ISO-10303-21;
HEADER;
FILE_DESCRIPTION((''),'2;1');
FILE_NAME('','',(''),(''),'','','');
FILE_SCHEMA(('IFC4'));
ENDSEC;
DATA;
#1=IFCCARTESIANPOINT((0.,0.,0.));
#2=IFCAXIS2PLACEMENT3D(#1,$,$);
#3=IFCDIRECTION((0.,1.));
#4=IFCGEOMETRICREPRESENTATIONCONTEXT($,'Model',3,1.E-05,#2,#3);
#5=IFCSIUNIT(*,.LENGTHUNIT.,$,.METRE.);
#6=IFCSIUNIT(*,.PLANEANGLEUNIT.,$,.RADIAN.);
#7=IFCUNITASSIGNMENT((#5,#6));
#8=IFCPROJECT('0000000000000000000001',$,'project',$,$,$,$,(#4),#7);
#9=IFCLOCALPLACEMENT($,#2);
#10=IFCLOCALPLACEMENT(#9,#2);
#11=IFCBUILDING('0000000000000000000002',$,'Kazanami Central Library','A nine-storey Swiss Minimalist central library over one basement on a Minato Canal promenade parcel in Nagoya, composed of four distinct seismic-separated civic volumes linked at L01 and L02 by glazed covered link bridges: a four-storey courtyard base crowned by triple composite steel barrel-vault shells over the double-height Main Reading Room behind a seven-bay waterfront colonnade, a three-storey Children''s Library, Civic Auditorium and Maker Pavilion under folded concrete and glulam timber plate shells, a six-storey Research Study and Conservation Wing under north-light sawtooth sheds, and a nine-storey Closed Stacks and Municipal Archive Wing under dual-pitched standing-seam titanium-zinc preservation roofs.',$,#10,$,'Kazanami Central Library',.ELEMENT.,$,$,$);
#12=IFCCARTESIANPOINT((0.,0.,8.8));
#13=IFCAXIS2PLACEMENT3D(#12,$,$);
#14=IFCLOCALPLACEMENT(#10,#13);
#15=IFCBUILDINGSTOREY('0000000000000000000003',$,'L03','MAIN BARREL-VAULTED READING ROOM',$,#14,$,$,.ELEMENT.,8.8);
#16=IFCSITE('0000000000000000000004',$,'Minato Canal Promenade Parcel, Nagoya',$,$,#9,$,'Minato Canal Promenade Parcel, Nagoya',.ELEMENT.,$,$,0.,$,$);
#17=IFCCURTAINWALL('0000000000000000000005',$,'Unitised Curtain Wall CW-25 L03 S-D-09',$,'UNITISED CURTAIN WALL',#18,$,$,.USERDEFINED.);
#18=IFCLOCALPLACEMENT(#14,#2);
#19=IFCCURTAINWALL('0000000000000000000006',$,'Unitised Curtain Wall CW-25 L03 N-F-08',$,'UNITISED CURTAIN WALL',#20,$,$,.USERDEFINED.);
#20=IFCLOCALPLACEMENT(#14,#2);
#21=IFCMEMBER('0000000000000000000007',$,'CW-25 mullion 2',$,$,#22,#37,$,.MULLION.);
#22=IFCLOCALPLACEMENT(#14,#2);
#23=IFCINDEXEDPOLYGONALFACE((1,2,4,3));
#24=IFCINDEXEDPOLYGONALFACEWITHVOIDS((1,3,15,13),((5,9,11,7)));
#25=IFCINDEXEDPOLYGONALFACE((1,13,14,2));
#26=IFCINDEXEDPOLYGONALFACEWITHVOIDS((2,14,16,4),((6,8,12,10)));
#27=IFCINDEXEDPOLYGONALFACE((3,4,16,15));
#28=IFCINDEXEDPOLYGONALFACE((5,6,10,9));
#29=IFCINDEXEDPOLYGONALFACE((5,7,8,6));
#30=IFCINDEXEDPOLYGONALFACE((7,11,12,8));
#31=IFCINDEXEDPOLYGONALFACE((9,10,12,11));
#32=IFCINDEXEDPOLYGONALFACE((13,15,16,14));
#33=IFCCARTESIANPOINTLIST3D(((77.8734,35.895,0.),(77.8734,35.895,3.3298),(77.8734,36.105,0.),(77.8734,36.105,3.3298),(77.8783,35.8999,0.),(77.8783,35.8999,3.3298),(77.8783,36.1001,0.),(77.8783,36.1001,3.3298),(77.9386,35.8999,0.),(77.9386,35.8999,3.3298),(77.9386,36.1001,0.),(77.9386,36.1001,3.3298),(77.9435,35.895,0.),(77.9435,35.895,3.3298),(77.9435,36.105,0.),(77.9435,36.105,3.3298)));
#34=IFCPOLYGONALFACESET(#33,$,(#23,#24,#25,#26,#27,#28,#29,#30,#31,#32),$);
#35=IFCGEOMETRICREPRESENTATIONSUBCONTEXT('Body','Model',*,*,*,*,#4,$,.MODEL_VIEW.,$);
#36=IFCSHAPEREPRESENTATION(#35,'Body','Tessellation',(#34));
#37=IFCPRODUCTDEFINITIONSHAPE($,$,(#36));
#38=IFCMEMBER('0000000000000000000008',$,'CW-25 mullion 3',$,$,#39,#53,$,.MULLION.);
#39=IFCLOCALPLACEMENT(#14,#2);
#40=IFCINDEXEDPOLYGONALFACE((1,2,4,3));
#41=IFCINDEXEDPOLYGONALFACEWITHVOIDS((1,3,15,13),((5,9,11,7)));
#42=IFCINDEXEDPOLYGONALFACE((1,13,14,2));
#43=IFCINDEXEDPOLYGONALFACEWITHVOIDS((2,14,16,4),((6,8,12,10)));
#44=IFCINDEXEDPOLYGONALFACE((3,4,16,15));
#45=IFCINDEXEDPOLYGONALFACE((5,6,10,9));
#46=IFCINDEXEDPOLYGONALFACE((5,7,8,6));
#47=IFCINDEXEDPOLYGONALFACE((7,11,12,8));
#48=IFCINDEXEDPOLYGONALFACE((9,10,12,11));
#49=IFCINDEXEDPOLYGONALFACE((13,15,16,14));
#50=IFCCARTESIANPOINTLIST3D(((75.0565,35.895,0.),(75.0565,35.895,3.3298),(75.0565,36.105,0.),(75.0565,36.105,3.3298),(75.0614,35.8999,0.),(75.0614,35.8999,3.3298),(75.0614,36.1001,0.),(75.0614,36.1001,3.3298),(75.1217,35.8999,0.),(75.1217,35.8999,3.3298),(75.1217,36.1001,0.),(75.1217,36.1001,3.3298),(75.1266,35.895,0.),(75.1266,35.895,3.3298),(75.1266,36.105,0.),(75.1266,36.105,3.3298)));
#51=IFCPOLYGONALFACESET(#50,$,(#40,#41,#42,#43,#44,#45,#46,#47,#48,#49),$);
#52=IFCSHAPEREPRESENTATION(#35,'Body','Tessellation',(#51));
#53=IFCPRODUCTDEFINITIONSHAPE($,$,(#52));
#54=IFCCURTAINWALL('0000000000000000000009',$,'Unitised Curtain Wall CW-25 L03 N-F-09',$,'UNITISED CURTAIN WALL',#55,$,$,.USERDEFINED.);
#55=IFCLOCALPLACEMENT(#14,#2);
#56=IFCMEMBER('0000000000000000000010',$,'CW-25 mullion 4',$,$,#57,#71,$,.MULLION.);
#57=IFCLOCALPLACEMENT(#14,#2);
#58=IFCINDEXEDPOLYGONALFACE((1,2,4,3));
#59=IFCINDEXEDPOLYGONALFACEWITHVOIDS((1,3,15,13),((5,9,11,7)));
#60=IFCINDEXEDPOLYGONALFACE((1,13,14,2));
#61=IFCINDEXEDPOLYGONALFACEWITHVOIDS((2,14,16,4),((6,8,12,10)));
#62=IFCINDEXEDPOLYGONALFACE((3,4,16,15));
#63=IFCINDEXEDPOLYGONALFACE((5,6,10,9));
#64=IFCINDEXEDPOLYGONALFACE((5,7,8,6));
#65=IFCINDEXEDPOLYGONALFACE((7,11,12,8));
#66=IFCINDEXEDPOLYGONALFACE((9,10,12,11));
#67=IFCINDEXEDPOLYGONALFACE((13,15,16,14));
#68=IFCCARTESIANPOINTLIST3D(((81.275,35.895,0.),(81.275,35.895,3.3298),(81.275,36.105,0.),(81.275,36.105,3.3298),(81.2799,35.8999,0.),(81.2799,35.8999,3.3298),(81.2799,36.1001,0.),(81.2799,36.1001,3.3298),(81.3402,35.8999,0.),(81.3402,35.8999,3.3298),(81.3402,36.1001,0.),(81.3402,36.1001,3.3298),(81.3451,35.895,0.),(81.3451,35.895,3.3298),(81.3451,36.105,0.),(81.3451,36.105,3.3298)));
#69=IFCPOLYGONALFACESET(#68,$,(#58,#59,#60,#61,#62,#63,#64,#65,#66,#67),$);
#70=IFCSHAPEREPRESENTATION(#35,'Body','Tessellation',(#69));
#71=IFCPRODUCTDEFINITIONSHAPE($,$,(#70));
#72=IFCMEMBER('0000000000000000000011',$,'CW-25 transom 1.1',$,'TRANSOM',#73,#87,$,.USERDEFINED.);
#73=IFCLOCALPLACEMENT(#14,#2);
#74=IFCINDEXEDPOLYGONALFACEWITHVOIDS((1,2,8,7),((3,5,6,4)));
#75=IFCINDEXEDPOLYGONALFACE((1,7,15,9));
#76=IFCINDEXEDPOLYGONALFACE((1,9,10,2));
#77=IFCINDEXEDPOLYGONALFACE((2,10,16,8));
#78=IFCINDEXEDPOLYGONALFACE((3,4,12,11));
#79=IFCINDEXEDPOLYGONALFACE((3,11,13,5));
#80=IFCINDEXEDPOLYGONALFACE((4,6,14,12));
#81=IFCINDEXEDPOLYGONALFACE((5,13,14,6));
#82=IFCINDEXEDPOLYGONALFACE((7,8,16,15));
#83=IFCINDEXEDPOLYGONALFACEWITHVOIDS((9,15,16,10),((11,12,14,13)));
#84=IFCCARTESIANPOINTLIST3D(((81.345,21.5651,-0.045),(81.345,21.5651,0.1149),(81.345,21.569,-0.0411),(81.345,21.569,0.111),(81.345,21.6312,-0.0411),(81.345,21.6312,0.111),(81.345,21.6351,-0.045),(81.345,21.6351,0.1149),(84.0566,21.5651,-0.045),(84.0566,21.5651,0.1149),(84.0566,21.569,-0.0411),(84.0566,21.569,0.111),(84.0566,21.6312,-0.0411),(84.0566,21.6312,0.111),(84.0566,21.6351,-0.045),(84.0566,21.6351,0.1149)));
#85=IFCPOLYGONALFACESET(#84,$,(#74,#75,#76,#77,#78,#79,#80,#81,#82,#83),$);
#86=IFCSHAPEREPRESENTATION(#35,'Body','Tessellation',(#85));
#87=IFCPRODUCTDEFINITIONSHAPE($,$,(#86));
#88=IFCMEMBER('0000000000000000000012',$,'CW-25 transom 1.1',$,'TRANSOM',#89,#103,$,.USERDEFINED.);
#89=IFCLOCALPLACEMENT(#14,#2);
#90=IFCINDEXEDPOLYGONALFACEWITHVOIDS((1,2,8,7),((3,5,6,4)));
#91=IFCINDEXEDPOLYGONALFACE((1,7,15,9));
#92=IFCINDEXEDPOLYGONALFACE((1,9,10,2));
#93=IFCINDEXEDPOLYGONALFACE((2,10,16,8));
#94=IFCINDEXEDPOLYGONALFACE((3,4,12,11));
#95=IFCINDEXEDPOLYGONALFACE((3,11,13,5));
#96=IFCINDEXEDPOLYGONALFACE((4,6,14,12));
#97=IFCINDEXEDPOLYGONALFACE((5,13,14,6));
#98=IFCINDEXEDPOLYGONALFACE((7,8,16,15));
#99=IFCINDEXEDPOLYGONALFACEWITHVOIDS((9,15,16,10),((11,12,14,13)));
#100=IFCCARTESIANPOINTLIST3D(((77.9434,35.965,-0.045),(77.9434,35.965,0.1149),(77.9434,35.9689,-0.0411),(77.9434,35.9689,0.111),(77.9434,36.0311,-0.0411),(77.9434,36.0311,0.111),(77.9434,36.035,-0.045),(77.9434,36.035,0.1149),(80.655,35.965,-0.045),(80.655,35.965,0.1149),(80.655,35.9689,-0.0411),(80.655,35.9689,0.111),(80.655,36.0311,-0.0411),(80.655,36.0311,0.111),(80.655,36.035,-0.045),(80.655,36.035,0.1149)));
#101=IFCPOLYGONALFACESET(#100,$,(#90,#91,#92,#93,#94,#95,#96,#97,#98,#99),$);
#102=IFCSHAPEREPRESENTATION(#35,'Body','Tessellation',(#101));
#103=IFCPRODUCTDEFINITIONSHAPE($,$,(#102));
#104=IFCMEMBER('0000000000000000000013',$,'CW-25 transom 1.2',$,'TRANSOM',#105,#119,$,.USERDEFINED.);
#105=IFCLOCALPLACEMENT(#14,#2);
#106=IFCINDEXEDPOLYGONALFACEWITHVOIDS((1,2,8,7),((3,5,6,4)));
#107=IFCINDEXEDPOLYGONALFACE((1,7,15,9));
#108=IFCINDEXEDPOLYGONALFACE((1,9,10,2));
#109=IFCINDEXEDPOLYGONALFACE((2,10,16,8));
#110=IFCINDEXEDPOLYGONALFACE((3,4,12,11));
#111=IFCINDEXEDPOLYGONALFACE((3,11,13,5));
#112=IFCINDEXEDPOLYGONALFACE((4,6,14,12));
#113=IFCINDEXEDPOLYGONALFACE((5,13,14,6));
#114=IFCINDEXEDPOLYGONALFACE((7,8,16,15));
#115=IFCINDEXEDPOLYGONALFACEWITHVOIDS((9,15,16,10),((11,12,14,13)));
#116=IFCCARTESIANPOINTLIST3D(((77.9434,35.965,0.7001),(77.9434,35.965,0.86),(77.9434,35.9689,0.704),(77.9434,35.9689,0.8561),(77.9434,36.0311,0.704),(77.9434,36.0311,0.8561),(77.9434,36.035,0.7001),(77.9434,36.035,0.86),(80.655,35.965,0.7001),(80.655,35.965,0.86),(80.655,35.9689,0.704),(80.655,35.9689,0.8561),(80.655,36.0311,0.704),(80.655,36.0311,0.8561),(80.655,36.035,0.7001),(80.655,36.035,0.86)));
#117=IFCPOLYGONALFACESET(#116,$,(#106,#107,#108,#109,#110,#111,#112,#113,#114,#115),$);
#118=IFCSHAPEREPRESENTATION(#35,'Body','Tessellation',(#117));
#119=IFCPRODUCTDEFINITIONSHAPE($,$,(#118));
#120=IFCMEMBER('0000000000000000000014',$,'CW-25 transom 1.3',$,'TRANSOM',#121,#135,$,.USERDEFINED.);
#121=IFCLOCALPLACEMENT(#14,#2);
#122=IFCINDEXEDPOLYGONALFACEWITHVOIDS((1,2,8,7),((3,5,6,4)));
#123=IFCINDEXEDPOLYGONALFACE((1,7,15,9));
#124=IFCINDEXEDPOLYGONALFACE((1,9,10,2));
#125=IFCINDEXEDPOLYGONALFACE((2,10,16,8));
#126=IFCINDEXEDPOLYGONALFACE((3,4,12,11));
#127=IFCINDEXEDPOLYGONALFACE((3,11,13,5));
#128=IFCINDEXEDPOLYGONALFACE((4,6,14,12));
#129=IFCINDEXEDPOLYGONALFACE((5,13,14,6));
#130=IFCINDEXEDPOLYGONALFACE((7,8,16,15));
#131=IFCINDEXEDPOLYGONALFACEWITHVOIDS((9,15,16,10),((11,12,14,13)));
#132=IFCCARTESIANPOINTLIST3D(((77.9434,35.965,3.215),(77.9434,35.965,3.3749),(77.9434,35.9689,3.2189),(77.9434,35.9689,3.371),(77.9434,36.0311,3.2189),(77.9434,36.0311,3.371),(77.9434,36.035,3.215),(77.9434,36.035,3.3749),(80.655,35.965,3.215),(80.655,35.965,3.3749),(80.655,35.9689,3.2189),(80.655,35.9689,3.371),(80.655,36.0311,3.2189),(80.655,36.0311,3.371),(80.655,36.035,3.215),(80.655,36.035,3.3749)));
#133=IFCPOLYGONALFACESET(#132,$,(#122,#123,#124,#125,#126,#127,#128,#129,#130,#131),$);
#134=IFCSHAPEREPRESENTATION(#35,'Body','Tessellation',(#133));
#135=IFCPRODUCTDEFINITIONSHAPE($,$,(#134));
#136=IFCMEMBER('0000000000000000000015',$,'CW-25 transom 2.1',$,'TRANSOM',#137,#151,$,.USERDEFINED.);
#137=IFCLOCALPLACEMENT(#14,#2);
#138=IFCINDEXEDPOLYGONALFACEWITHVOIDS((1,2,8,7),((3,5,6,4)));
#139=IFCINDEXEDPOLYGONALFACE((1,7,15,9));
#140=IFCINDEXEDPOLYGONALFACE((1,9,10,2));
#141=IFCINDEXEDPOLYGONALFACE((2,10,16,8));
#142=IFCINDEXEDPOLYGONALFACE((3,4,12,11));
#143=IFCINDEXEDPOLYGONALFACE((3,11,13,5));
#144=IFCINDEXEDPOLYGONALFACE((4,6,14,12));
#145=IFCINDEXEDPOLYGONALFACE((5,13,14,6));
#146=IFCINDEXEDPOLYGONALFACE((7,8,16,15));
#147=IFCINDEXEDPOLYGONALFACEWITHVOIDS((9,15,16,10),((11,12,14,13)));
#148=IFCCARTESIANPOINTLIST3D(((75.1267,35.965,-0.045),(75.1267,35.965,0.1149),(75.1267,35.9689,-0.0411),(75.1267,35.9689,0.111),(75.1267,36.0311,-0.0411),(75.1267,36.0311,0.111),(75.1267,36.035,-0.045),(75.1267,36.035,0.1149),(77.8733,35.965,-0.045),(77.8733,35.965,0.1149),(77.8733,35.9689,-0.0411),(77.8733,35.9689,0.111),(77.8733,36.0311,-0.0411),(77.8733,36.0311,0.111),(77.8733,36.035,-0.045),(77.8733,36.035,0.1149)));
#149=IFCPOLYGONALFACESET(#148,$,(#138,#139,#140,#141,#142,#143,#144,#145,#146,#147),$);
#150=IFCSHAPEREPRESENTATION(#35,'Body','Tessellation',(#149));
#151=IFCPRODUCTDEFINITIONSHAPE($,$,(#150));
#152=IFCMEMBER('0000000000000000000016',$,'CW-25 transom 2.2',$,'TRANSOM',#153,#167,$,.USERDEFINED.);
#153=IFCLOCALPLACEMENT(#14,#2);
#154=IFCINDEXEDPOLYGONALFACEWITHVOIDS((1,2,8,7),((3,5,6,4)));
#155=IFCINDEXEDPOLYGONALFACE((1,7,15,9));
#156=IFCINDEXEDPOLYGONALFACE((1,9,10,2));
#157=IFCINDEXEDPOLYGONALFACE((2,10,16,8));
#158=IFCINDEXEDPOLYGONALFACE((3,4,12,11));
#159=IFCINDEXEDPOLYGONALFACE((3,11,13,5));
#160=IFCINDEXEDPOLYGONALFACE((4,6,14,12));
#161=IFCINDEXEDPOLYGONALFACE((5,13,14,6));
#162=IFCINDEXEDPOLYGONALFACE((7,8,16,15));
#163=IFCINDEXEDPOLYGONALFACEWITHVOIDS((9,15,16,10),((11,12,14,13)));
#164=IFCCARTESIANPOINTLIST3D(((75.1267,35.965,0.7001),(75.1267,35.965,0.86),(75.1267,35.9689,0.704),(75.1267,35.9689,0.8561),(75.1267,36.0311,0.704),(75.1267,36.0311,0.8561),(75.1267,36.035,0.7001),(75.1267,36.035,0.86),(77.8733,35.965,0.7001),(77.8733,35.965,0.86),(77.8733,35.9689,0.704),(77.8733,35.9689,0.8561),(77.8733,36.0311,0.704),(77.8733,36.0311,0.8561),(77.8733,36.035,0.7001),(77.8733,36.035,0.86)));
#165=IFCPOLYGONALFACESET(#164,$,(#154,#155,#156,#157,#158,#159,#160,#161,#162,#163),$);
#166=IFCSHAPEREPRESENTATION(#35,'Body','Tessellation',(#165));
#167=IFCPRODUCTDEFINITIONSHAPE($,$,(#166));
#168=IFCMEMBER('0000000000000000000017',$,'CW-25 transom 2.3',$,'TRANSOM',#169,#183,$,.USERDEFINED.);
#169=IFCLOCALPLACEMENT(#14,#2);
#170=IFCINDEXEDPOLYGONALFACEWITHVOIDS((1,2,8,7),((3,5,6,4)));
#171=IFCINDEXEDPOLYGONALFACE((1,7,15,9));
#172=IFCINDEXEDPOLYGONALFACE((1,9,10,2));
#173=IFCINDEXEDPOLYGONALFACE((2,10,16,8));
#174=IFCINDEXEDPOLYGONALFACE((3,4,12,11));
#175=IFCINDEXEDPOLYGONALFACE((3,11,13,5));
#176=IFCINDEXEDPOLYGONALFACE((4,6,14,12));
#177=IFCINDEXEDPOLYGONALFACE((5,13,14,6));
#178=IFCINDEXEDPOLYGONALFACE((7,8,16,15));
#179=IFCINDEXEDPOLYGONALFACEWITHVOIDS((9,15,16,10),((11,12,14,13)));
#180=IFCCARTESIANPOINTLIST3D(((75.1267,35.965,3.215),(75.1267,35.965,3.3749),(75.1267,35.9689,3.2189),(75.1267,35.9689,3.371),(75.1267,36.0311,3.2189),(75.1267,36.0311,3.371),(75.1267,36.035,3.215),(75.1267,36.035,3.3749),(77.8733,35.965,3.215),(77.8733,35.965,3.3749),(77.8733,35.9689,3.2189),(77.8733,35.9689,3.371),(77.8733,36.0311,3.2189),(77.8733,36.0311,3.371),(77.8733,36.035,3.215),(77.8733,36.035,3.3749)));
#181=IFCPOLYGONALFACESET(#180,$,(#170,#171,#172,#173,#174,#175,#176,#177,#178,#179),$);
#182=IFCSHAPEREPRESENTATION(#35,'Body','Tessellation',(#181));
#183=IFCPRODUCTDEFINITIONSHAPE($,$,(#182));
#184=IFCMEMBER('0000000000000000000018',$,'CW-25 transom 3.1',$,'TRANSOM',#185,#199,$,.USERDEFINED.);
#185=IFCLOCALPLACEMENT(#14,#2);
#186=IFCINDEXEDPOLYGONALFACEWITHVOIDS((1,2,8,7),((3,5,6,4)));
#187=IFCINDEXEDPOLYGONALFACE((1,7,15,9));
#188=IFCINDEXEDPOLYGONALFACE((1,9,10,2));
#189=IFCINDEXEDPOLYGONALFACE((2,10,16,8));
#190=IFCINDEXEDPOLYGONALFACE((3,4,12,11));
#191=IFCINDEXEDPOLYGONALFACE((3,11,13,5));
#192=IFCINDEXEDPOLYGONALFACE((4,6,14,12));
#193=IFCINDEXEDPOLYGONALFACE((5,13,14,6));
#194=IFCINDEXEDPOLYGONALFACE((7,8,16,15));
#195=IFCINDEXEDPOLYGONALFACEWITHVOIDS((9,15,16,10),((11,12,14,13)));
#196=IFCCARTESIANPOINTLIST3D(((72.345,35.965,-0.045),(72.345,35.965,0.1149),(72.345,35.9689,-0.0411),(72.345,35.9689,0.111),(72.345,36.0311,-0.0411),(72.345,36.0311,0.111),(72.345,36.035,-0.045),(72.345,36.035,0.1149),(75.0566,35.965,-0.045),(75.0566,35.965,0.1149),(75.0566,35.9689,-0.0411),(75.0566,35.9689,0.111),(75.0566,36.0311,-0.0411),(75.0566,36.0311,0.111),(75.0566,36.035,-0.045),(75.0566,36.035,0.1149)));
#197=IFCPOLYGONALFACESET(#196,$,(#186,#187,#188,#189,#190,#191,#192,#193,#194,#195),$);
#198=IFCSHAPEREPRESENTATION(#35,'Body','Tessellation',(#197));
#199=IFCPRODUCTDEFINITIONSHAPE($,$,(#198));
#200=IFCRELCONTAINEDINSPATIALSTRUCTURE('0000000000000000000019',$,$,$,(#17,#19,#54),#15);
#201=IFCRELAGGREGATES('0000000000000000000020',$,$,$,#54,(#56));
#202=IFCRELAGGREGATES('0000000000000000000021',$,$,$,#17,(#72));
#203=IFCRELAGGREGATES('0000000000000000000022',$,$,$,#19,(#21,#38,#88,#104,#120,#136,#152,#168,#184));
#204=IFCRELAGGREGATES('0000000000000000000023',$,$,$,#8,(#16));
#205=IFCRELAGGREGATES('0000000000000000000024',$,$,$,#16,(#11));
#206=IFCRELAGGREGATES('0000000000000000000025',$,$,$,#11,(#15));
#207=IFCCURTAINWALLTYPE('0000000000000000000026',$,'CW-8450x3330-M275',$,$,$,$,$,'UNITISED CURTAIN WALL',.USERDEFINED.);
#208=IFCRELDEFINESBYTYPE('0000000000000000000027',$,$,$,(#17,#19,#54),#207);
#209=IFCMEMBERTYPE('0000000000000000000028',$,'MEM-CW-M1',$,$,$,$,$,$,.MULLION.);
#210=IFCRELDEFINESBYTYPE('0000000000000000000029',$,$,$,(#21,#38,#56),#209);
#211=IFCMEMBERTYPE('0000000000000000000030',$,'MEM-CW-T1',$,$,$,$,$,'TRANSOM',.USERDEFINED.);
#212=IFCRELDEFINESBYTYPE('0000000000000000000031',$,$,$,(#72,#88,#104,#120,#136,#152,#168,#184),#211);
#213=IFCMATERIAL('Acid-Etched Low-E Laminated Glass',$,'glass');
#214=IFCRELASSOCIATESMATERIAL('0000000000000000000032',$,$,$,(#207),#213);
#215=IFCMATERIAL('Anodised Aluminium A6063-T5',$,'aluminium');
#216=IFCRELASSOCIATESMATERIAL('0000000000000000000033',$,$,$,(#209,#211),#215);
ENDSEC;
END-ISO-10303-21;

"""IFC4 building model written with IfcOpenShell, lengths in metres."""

from ifc_helpers import new_model, si_unit, direction, frame, origin, origin_2d, place, context, subcontext, project, spatial, hollow_rectangle, extrude, material, material_profile, profile_set, type_object, element, aggregate, save


model = new_model("IFC4")

# Units and contexts
model_context = context("Model", 3, precision=1e-05, world=origin(), true_north=direction((0.0, 1.0)))
body_context = subcontext(model_context, "Body", "Model", "MODEL_VIEW")
ifc_project = project(units=[si_unit("LENGTHUNIT", "METRE"), si_unit("PLANEANGLEUNIT", "RADIAN")], contexts=[model_context])

# Site, building, storey
site_placement = place(None, origin())
site = spatial("IfcSite", under=ifc_project, at=site_placement, Name="Minato Canal Promenade Parcel, Nagoya", LongName="Minato Canal Promenade Parcel, Nagoya", CompositionType="ELEMENT", RefElevation=0.0)
building_placement = place(site_placement, origin())
building = spatial("IfcBuilding", under=site, at=building_placement, Name="Kazanami Central Library", Description="A nine-storey Swiss Minimalist central library over one basement on a Minato Canal promenade parcel in Nagoya, composed of four distinct seismic-separated civic volumes linked at L01 and L02 by glazed covered link bridges: a four-storey courtyard base crowned by triple composite steel barrel-vault shells over the double-height Main Reading Room behind a seven-bay waterfront colonnade, a three-storey Children's Library, Civic Auditorium and Maker Pavilion under folded concrete and glulam timber plate shells, a six-storey Research Study and Conservation Wing under north-light sawtooth sheds, and a nine-storey Closed Stacks and Municipal Archive Wing under dual-pitched standing-seam titanium-zinc preservation roofs.", LongName="Kazanami Central Library", CompositionType="ELEMENT")
storey_placement = place(building_placement, frame((0.0, 0.0, 8.8)))
storey = spatial("IfcBuildingStorey", under=building, at=storey_placement, Name="L03", Description="MAIN BARREL-VAULTED READING ROOM", CompositionType="ELEMENT", Elevation=8.8)

# Curtain wall
ifc_material_1 = material(Name="Acid-Etched Low-E Laminated Glass", Category="glass")
curtain_wall_type = type_object("IfcCurtainWallType", Name="CW-8450x3330-M275", ElementType="UNITISED CURTAIN WALL", PredefinedType="USERDEFINED", material=ifc_material_1)
curtain_wall_1_placement = place(storey_placement, origin())
curtain_wall_1 = element("IfcCurtainWall", 1, at=curtain_wall_1_placement, inside=storey, type_object=curtain_wall_type, Name="Unitised Curtain Wall CW-25 L03 S-D-09", ObjectType="UNITISED CURTAIN WALL", PredefinedType="USERDEFINED")
ifc_material_2 = material(Name="Anodised Aluminium A6063-T5", Category="aluminium")
ifc_material_profile_1 = material_profile(ifc_material_2, hollow_rectangle(XDim=0.0701, YDim=0.21, WallThickness=0.0049, at=origin_2d()), Name="ALU-MULL-70x210x5")
ifc_profile_set_1 = profile_set([ifc_material_profile_1], Name="Anodised Aluminium A6063-T5")
member_type_1 = type_object("IfcMemberType", Name="MEM-CW-M1", PredefinedType="MULLION", material=ifc_profile_set_1)

# Curtain wall, members
curtain_wall_2_placement = place(storey_placement, origin())
curtain_wall_2 = element("IfcCurtainWall", 2, at=curtain_wall_2_placement, inside=storey, type_object=curtain_wall_type, Name="Unitised Curtain Wall CW-25 L03 N-F-08", ObjectType="UNITISED CURTAIN WALL", PredefinedType="USERDEFINED")
member_1_placement = place(storey_placement, frame((77.9084, 36.0, 0.0), z_axis=(0.0, 0.0, 1.0), x_axis=(-1.0, 0.0, 0.0)))
member_1 = element("IfcMember", 3, at=member_1_placement, type_object=member_type_1, Name="CW-25 mullion 2", PredefinedType="MULLION", context=body_context, shape_type="SweptSolid", body=[
    extrude(hollow_rectangle(XDim=0.0701, YDim=0.21, WallThickness=0.0049, at=origin_2d()), origin(), (0.0, 0.0, 1.0), 3.3298),
])
member_2_placement = place(storey_placement, frame((75.0916, 36.0, 0.0), z_axis=(0.0, 0.0, 1.0), x_axis=(-1.0, 0.0, 0.0)))
member_2 = element("IfcMember", 4, at=member_2_placement, type_object=member_type_1, Name="CW-25 mullion 3", PredefinedType="MULLION", context=body_context, shape_type="SweptSolid", body=[
    extrude(hollow_rectangle(XDim=0.0701, YDim=0.21, WallThickness=0.0049, at=origin_2d()), origin(), (0.0, 0.0, 1.0), 3.3298),
])

# Curtain wall, member
curtain_wall_3_placement = place(storey_placement, origin())
curtain_wall_3 = element("IfcCurtainWall", 5, at=curtain_wall_3_placement, inside=storey, type_object=curtain_wall_type, Name="Unitised Curtain Wall CW-25 L03 N-F-09", ObjectType="UNITISED CURTAIN WALL", PredefinedType="USERDEFINED")
member_3_placement = place(storey_placement, frame((81.3101, 36.0, 0.0), z_axis=(0.0, 0.0, 1.0), x_axis=(-1.0, 0.0, 0.0)))
member_3 = element("IfcMember", 6, at=member_3_placement, type_object=member_type_1, Name="CW-25 mullion 4", PredefinedType="MULLION", context=body_context, shape_type="SweptSolid", body=[
    extrude(hollow_rectangle(XDim=0.0701, YDim=0.21, WallThickness=0.0049, at=origin_2d()), origin(), (0.0, 0.0, 1.0), 3.3298),
])
aggregate(curtain_wall_3, [member_3])

# Members
ifc_material_profile_2 = material_profile(ifc_material_2, hollow_rectangle(XDim=0.0701, YDim=0.1599, WallThickness=0.0039, at=origin_2d()), Name="ALU-TRAN-70x160x4")
ifc_profile_set_2 = profile_set([ifc_material_profile_2], Name="Anodised Aluminium A6063-T5")
member_type_2 = type_object("IfcMemberType", Name="MEM-CW-T1", ElementType="TRANSOM", PredefinedType="USERDEFINED", material=ifc_profile_set_2)
member_4_placement = place(storey_placement, frame((81.345, 21.6001, 0.0349), z_axis=(1.0, 0.0, 0.0), x_axis=(0.0, 1.0, 0.0)))
member_4 = element("IfcMember", 7, at=member_4_placement, type_object=member_type_2, Name="CW-25 transom 1.1", ObjectType="TRANSOM", PredefinedType="USERDEFINED", context=body_context, shape_type="SweptSolid", body=[
    extrude(hollow_rectangle(XDim=0.0701, YDim=0.1599, WallThickness=0.0039, at=origin_2d()), origin(), (0.0, 0.0, 1.0), 2.7117),
])
aggregate(curtain_wall_1, [member_4])
member_5_placement = place(storey_placement, frame((80.655, 36.0, 0.0349), z_axis=(-1.0, 0.0, 0.0), x_axis=(0.0, -1.0, 0.0)))
member_5 = element("IfcMember", 8, at=member_5_placement, type_object=member_type_2, Name="CW-25 transom 1.1", ObjectType="TRANSOM", PredefinedType="USERDEFINED", context=body_context, shape_type="SweptSolid", body=[
    extrude(hollow_rectangle(XDim=0.0701, YDim=0.1599, WallThickness=0.0039, at=origin_2d()), origin(), (0.0, 0.0, 1.0), 2.7117),
])
member_6_placement = place(storey_placement, frame((80.655, 36.0, 0.78), z_axis=(-1.0, 0.0, 0.0), x_axis=(0.0, -1.0, 0.0)))
member_6 = element("IfcMember", 9, at=member_6_placement, type_object=member_type_2, Name="CW-25 transom 1.2", ObjectType="TRANSOM", PredefinedType="USERDEFINED", context=body_context, shape_type="SweptSolid", body=[
    extrude(hollow_rectangle(XDim=0.0701, YDim=0.1599, WallThickness=0.0039, at=origin_2d()), origin(), (0.0, 0.0, 1.0), 2.7117),
])
member_7_placement = place(storey_placement, frame((80.655, 36.0, 3.2949), z_axis=(-1.0, 0.0, 0.0), x_axis=(0.0, -1.0, 0.0)))
member_7 = element("IfcMember", 10, at=member_7_placement, type_object=member_type_2, Name="CW-25 transom 1.3", ObjectType="TRANSOM", PredefinedType="USERDEFINED", context=body_context, shape_type="SweptSolid", body=[
    extrude(hollow_rectangle(XDim=0.0701, YDim=0.1599, WallThickness=0.0039, at=origin_2d()), origin(), (0.0, 0.0, 1.0), 2.7117),
])
member_8_placement = place(storey_placement, frame((77.8733, 36.0, 0.0349), z_axis=(-1.0, 0.0, 0.0), x_axis=(0.0, -1.0, 0.0)))
member_8 = element("IfcMember", 11, at=member_8_placement, type_object=member_type_2, Name="CW-25 transom 2.1", ObjectType="TRANSOM", PredefinedType="USERDEFINED", context=body_context, shape_type="SweptSolid", body=[
    extrude(hollow_rectangle(XDim=0.0701, YDim=0.1599, WallThickness=0.0039, at=origin_2d()), origin(), (0.0, 0.0, 1.0), 2.7466),
])
member_9_placement = place(storey_placement, frame((77.8733, 36.0, 0.78), z_axis=(-1.0, 0.0, 0.0), x_axis=(0.0, -1.0, 0.0)))
member_9 = element("IfcMember", 12, at=member_9_placement, type_object=member_type_2, Name="CW-25 transom 2.2", ObjectType="TRANSOM", PredefinedType="USERDEFINED", context=body_context, shape_type="SweptSolid", body=[
    extrude(hollow_rectangle(XDim=0.0701, YDim=0.1599, WallThickness=0.0039, at=origin_2d()), origin(), (0.0, 0.0, 1.0), 2.7466),
])
member_10_placement = place(storey_placement, frame((77.8733, 36.0, 3.2949), z_axis=(-1.0, 0.0, 0.0), x_axis=(0.0, -1.0, 0.0)))
member_10 = element("IfcMember", 13, at=member_10_placement, type_object=member_type_2, Name="CW-25 transom 2.3", ObjectType="TRANSOM", PredefinedType="USERDEFINED", context=body_context, shape_type="SweptSolid", body=[
    extrude(hollow_rectangle(XDim=0.0701, YDim=0.1599, WallThickness=0.0039, at=origin_2d()), origin(), (0.0, 0.0, 1.0), 2.7466),
])
member_11_placement = place(storey_placement, frame((75.0566, 36.0, 0.0349), z_axis=(-1.0, 0.0, 0.0), x_axis=(0.0, -1.0, 0.0)))
member_11 = element("IfcMember", 14, at=member_11_placement, type_object=member_type_2, Name="CW-25 transom 3.1", ObjectType="TRANSOM", PredefinedType="USERDEFINED", context=body_context, shape_type="SweptSolid", body=[
    extrude(hollow_rectangle(XDim=0.0701, YDim=0.1599, WallThickness=0.0039, at=origin_2d()), origin(), (0.0, 0.0, 1.0), 2.7117),
])

aggregate(curtain_wall_2, [member_1, member_2, member_5, member_6, member_7, member_8, member_9, member_10, member_11])

save(model, "model.ifc")
